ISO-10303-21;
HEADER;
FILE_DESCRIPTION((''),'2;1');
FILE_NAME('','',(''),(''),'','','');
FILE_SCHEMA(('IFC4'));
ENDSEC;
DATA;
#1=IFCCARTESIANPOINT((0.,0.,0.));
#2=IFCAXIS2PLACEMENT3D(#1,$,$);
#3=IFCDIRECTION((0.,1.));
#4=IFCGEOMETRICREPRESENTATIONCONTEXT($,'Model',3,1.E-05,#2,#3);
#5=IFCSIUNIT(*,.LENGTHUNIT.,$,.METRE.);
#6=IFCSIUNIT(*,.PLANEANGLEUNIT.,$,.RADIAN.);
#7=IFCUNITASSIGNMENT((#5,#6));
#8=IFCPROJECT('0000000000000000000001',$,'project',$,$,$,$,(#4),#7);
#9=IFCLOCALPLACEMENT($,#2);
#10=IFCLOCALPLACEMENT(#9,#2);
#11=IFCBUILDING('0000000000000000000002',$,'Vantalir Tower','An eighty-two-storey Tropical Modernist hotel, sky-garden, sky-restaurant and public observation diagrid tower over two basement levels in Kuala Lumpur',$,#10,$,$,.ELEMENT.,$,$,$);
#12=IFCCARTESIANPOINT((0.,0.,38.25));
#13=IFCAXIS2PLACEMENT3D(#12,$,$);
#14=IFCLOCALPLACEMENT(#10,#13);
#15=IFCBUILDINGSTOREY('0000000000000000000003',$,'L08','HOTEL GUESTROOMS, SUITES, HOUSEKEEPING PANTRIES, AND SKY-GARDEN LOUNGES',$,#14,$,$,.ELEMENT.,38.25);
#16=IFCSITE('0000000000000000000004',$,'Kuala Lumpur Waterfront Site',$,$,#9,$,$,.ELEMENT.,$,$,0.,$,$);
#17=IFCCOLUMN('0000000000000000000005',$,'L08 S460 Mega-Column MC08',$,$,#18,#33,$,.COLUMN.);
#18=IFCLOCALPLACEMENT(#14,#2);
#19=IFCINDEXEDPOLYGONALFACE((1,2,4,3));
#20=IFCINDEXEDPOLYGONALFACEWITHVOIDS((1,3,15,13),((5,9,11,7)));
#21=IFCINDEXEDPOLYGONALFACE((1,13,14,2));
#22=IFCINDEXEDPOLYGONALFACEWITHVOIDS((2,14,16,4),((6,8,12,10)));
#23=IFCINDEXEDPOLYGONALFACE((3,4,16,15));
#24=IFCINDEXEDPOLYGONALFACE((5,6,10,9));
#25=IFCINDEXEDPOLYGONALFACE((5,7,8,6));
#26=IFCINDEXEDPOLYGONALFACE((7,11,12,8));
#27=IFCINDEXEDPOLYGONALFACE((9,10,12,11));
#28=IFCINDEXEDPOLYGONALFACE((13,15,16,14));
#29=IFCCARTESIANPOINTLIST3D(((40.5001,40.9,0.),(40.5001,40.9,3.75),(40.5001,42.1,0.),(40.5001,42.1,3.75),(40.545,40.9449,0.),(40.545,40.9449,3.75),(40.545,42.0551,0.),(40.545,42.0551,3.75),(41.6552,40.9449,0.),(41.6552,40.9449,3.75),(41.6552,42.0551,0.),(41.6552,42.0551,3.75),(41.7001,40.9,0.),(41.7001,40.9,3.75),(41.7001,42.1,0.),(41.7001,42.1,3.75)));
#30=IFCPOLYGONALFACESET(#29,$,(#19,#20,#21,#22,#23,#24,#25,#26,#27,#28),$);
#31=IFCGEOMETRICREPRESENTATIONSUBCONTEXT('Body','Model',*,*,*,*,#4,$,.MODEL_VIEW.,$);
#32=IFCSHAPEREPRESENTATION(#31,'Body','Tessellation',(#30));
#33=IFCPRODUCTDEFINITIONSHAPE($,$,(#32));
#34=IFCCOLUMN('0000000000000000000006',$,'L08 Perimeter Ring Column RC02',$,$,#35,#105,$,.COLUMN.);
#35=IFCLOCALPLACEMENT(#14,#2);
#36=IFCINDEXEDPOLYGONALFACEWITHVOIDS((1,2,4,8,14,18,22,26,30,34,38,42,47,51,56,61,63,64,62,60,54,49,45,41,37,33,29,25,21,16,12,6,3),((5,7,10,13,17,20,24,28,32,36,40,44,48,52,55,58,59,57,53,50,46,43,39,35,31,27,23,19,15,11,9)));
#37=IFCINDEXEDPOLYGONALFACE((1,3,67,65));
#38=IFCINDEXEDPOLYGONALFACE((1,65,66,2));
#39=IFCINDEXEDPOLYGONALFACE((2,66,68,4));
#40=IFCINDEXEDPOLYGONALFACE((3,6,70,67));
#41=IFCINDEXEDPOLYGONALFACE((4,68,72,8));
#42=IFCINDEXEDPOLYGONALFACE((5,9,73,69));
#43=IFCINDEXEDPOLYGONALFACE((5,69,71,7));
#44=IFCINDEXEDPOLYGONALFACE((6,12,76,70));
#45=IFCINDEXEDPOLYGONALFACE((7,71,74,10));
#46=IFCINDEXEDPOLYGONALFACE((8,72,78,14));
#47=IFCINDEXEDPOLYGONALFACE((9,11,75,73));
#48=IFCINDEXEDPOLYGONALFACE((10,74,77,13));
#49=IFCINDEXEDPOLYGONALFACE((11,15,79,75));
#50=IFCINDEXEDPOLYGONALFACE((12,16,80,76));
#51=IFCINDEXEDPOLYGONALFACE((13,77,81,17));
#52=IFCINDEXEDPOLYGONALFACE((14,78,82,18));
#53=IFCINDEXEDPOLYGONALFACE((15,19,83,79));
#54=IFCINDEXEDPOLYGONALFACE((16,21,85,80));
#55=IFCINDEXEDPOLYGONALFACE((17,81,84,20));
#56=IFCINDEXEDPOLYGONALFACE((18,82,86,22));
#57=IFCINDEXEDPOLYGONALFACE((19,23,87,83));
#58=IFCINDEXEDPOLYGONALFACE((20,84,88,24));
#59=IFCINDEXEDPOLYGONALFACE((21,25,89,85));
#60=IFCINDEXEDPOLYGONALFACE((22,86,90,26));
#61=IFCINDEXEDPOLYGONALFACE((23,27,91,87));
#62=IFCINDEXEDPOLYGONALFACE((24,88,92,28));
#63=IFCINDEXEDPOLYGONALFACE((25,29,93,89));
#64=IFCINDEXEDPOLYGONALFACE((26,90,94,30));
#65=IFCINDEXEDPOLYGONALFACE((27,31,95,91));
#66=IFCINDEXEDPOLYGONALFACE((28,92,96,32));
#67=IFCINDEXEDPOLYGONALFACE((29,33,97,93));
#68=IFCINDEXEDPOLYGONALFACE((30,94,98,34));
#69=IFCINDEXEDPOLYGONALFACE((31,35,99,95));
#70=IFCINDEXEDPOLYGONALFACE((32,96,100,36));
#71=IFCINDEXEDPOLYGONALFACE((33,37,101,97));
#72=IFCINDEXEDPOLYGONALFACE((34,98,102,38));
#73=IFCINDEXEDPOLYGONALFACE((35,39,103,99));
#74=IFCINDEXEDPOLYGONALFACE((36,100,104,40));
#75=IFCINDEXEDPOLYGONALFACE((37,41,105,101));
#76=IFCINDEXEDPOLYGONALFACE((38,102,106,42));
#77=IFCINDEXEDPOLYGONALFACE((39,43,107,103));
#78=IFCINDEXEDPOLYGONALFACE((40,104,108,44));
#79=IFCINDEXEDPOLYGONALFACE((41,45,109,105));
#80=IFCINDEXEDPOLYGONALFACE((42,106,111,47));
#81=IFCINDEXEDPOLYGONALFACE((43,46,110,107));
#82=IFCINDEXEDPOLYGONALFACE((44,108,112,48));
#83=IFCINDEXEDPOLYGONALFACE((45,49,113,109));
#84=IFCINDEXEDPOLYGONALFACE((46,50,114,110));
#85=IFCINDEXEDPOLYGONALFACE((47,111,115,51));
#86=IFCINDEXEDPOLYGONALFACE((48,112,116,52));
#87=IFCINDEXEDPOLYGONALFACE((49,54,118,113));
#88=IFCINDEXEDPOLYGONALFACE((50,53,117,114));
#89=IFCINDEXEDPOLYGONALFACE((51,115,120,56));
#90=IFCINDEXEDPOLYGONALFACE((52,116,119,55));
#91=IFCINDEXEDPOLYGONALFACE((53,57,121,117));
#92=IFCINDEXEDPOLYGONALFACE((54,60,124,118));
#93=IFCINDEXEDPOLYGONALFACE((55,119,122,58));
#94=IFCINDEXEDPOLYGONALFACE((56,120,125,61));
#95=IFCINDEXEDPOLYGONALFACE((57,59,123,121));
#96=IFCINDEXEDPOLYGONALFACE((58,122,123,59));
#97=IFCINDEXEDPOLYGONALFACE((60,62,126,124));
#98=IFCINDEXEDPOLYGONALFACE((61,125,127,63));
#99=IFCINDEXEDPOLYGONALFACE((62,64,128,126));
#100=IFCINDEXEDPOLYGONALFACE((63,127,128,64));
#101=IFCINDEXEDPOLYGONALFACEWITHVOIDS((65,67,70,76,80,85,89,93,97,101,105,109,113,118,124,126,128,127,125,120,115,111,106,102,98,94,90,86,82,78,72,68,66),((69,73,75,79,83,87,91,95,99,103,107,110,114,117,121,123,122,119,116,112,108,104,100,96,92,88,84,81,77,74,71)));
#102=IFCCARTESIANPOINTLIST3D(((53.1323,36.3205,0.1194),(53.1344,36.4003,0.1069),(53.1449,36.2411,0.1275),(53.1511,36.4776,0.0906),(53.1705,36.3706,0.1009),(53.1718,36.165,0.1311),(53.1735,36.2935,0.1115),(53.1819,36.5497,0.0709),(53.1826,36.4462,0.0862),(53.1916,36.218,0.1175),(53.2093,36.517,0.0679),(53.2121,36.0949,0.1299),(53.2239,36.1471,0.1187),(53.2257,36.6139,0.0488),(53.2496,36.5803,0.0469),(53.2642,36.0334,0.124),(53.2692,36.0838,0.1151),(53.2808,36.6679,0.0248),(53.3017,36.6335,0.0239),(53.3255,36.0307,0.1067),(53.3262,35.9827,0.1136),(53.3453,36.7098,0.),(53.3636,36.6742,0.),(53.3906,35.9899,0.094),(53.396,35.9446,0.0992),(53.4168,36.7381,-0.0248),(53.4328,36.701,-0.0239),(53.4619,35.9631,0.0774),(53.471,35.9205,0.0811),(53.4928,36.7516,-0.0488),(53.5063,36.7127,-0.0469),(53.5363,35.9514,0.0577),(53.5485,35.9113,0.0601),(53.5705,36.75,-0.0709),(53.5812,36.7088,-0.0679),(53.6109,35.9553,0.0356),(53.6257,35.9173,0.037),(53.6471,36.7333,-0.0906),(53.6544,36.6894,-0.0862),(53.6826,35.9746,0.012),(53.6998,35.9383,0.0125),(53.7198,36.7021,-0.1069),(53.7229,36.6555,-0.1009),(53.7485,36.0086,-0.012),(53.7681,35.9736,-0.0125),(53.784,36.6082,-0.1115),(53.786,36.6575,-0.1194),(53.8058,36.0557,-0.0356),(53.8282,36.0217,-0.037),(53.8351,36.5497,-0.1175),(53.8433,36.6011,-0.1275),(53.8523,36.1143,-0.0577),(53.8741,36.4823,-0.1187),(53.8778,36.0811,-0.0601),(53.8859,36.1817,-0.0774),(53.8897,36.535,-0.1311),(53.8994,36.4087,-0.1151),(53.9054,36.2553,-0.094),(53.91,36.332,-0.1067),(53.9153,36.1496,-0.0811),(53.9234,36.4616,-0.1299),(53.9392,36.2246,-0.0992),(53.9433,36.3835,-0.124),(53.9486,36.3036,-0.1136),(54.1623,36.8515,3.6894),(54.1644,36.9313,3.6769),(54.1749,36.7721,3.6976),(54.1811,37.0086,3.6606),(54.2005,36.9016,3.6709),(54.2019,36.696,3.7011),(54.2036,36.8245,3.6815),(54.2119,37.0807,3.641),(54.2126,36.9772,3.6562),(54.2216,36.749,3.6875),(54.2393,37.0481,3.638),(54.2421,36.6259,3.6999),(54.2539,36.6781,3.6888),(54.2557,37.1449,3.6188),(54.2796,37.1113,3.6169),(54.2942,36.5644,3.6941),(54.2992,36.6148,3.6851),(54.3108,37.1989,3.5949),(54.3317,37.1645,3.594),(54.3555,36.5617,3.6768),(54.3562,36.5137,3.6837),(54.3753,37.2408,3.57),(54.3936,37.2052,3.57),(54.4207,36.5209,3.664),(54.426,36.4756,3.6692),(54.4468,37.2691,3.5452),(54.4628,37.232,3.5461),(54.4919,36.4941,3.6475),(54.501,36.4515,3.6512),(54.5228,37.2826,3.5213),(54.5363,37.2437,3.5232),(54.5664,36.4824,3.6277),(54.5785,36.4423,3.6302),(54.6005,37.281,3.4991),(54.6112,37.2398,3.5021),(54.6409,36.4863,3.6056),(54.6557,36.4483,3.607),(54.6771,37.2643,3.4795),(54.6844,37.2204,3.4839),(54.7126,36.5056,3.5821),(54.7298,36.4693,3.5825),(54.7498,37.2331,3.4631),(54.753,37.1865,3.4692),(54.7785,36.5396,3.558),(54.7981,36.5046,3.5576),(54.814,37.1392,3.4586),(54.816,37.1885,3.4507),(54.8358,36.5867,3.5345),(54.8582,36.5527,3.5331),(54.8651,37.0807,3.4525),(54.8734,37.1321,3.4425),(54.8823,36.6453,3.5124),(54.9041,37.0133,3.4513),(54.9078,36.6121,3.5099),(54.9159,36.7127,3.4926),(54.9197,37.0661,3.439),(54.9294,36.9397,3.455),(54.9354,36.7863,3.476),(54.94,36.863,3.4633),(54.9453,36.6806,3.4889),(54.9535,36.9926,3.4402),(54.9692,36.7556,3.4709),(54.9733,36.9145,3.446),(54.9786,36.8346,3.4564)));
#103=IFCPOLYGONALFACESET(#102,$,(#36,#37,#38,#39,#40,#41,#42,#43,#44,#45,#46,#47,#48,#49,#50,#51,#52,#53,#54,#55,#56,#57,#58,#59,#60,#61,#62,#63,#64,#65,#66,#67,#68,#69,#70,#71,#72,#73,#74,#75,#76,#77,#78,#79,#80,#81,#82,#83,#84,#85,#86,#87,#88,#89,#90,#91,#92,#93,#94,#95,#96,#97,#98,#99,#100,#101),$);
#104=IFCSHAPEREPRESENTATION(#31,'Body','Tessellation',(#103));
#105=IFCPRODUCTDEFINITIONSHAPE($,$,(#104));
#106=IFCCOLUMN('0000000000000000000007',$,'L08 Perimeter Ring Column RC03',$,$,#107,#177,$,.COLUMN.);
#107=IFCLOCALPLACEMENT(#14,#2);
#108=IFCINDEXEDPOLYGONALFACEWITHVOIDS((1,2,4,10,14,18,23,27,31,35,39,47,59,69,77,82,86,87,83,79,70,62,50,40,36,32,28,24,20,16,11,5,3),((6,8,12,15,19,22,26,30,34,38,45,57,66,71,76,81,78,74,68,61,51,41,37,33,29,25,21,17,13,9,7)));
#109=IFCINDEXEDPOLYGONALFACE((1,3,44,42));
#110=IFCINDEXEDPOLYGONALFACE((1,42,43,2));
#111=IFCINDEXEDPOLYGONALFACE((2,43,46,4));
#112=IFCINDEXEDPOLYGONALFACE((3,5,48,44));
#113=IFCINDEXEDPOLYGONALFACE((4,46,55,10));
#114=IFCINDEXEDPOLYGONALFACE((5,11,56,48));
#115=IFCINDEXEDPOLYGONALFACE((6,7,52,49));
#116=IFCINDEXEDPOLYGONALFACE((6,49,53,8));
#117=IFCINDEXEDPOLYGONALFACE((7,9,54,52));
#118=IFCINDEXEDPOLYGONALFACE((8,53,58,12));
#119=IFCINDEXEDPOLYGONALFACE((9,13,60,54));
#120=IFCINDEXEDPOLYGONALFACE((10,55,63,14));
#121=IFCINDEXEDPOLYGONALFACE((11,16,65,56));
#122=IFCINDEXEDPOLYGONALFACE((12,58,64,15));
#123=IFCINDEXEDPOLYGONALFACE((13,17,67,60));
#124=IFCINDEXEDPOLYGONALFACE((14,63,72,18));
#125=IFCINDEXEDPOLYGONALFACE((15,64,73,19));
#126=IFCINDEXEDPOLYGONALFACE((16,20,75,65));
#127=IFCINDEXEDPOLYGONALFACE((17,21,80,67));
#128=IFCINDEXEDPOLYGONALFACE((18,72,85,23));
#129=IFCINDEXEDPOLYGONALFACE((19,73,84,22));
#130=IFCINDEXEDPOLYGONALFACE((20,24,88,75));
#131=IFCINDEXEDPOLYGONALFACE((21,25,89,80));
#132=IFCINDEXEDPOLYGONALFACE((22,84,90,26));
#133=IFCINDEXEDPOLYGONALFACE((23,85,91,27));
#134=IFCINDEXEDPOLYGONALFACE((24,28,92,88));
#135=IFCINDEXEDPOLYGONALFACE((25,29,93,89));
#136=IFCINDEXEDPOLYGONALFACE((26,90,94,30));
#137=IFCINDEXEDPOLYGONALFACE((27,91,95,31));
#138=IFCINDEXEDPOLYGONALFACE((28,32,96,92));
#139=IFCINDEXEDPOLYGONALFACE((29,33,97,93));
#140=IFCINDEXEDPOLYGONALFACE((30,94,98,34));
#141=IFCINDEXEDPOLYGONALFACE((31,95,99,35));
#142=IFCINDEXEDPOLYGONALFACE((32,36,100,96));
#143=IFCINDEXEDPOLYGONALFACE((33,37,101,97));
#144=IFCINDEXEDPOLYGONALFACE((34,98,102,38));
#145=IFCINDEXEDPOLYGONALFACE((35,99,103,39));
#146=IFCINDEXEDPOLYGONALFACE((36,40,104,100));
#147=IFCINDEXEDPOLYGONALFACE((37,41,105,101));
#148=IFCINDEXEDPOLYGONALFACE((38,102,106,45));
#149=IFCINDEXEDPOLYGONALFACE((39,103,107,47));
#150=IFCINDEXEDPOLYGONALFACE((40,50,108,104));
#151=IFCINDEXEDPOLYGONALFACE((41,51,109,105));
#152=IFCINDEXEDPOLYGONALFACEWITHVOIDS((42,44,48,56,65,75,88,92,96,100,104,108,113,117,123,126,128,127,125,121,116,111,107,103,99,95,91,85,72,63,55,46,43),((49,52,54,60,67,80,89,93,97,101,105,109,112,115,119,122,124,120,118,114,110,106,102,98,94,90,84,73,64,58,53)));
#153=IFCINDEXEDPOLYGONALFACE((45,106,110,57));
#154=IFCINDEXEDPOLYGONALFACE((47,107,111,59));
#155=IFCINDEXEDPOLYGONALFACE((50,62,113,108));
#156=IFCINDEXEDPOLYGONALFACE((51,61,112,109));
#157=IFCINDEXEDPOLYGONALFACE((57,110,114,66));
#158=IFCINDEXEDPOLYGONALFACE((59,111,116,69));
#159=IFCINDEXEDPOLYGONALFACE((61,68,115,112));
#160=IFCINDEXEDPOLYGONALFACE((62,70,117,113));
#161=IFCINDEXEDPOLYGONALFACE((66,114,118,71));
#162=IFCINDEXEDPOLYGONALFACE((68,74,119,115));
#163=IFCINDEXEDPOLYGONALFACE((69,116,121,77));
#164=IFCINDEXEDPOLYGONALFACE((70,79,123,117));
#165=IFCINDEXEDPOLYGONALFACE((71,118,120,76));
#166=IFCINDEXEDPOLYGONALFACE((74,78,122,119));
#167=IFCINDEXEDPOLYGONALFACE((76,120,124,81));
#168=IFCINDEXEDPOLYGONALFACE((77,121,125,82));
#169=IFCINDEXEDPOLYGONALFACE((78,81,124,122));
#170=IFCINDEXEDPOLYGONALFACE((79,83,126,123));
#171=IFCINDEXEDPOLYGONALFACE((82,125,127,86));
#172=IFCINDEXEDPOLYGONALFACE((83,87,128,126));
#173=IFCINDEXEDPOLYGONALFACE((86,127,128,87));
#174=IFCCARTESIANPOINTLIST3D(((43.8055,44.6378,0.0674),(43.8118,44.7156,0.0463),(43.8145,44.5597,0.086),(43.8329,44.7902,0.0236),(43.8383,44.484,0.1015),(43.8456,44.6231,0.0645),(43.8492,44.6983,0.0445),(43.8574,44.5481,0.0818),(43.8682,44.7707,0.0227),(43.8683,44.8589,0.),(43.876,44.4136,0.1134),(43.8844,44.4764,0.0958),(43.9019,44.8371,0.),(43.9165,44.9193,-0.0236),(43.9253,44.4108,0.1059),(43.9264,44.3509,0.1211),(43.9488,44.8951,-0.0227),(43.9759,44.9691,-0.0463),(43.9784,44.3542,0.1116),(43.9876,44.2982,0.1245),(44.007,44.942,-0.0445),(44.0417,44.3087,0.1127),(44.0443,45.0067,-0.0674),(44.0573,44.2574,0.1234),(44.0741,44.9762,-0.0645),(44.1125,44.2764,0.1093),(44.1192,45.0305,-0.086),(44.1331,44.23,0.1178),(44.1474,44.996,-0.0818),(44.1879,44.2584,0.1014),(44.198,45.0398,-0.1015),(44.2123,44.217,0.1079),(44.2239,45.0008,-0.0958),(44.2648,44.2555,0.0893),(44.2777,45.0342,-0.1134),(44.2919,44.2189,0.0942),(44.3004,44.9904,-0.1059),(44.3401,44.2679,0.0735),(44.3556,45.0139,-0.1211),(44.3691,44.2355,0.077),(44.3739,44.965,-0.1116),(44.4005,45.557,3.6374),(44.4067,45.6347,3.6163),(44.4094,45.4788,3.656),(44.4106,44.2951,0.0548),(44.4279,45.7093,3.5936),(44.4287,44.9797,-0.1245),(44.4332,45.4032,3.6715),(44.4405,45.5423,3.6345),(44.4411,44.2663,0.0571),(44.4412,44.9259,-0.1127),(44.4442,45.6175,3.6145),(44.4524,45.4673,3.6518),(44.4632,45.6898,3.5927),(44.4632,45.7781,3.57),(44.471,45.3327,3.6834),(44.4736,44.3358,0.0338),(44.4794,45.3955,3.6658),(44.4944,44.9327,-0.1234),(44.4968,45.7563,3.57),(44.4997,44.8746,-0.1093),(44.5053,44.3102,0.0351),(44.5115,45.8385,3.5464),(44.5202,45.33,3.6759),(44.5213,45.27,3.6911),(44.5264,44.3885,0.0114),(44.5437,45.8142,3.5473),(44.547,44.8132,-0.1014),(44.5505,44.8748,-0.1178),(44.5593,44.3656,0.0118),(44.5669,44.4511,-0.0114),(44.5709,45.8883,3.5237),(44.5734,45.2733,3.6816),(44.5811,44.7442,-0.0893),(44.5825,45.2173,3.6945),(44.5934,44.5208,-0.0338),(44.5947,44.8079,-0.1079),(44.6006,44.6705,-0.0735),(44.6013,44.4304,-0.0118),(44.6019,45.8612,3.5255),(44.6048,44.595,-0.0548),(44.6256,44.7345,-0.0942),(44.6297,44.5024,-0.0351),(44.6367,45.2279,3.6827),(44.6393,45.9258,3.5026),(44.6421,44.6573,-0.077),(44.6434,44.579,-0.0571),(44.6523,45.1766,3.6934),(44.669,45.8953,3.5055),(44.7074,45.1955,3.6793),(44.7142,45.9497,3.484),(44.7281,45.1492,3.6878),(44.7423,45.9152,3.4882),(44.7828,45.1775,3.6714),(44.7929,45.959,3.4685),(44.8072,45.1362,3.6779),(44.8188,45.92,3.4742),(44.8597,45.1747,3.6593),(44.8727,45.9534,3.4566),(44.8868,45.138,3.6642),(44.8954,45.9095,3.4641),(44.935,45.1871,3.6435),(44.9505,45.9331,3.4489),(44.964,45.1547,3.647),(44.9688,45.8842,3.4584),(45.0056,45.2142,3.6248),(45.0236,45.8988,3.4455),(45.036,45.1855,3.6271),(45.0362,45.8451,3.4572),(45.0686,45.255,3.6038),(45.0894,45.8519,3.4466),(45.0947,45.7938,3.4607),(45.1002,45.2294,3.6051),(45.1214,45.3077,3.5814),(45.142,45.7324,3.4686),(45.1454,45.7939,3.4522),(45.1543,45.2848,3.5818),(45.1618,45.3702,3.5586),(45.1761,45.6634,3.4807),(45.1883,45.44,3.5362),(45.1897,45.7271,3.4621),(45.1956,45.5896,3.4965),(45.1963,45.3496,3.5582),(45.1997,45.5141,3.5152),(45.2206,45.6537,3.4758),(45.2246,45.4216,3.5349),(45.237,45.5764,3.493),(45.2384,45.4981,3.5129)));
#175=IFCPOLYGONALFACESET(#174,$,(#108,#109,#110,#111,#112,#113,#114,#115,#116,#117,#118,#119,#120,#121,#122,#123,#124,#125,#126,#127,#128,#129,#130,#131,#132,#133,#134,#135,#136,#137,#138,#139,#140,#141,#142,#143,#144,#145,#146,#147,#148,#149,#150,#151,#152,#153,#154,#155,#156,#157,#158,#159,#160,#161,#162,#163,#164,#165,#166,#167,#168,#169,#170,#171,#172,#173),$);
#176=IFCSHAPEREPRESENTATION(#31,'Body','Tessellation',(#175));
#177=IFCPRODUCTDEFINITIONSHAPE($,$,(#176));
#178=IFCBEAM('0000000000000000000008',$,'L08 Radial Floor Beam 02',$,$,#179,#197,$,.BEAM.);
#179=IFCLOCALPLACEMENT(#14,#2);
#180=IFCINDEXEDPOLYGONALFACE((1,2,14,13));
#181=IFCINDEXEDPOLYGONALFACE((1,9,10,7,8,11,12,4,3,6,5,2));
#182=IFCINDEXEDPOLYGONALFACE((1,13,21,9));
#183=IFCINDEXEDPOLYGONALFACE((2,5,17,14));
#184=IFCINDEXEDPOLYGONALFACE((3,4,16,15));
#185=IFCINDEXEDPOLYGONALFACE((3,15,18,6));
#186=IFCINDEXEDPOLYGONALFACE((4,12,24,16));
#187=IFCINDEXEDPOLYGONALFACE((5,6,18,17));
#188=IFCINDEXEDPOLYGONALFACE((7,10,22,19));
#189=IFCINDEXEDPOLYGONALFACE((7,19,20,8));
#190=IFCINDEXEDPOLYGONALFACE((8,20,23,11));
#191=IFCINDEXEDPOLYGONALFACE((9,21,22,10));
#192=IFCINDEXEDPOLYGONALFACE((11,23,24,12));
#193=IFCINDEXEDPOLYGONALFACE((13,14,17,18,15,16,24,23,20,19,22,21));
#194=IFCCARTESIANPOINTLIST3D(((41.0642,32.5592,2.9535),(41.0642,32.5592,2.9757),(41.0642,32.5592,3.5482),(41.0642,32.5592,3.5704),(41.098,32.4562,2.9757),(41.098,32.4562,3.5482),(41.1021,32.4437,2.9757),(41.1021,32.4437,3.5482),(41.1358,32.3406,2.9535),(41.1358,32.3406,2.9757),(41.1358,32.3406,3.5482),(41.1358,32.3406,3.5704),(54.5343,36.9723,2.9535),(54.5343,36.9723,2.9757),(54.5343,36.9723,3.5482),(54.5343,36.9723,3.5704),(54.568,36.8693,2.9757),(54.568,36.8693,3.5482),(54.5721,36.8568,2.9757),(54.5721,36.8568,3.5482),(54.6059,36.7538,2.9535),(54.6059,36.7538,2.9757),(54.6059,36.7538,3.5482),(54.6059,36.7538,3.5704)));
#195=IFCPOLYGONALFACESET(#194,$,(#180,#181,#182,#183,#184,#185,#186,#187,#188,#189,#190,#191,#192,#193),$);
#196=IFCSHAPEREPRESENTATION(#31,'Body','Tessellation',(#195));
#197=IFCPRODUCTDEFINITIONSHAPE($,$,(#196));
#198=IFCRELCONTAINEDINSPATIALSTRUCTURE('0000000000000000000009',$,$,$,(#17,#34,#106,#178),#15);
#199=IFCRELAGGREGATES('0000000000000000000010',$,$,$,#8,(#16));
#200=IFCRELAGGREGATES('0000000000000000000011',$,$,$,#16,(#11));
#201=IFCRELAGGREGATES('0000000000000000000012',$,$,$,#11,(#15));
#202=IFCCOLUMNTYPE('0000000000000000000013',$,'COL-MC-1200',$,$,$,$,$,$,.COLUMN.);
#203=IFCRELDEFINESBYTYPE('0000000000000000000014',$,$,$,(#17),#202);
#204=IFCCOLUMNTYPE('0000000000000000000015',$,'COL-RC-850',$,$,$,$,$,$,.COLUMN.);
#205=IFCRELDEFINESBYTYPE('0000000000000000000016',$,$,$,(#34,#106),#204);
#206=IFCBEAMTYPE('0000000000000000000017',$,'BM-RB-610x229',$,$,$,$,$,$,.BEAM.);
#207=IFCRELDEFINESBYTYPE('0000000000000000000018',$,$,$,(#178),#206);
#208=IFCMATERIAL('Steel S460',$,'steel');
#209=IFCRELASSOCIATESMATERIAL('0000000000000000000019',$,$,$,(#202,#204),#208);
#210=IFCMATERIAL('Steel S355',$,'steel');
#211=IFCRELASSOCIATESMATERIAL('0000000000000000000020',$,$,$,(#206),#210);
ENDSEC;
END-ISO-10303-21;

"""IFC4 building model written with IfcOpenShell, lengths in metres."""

from ifc_helpers import new_model, si_unit, direction, frame, origin, origin_2d, place, context, subcontext, project, spatial, hollow_rectangle, hollow_circle, i_section, extrude, material, material_profile, profile_set, type_object, element, save


model = new_model("IFC4")

# Units and contexts
model_context = context("Model", 3, precision=1e-05, world=origin(), true_north=direction((0.0, 1.0)))
body_context = subcontext(model_context, "Body", "Model", "MODEL_VIEW")
ifc_project = project(units=[si_unit("LENGTHUNIT", "METRE"), si_unit("PLANEANGLEUNIT", "RADIAN")], contexts=[model_context])

# Site, building, storey
site_placement = place(None, origin())
site = spatial("IfcSite", under=ifc_project, at=site_placement, Name="Kuala Lumpur Waterfront Site", CompositionType="ELEMENT", RefElevation=0.0)
building_placement = place(site_placement, origin())
building = spatial("IfcBuilding", under=site, at=building_placement, Name="Vantalir Tower", Description="An eighty-two-storey Tropical Modernist hotel, sky-garden, sky-restaurant and public observation diagrid tower over two basement levels in Kuala Lumpur", CompositionType="ELEMENT")
storey_placement = place(building_placement, frame((0.0, 0.0, 38.25)))
storey = spatial("IfcBuildingStorey", under=building, at=storey_placement, Name="L08", Description="HOTEL GUESTROOMS, SUITES, HOUSEKEEPING PANTRIES, AND SKY-GARDEN LOUNGES", CompositionType="ELEMENT", Elevation=38.25)

# Columns
ifc_material_1 = material(Name="Steel S460", Category="steel")
ifc_material_profile_1 = material_profile(ifc_material_1, hollow_rectangle(XDim=1.2, YDim=1.2, WallThickness=0.0449, at=origin_2d()), Name="Steel S460")
ifc_profile_set_1 = profile_set([ifc_material_profile_1], Name="Steel S460")
column_type_1 = type_object("IfcColumnType", Name="COL-MC-1200", PredefinedType="COLUMN", material=ifc_profile_set_1)
column_1_placement = place(storey_placement, frame((41.1001, 41.5, 0.0), z_axis=(0.0, 0.0, 1.0), x_axis=(1.0, 0.0, 0.0)))
element("IfcColumn", 1, at=column_1_placement, inside=storey, type_object=column_type_1, Name="L08 S460 Mega-Column MC08", PredefinedType="COLUMN", context=body_context, shape_type="SweptSolid", body=[
    extrude(hollow_rectangle(XDim=1.2, YDim=1.2, WallThickness=0.0449, at=origin_2d()), origin(), (0.0, 0.0, 1.0), 3.75),
])
ifc_material_profile_2 = material_profile(ifc_material_1, hollow_circle(Radius=0.425, WallThickness=0.04, at=origin_2d()), Name="Steel S460")
ifc_profile_set_2 = profile_set([ifc_material_profile_2], Name="Steel S460")
column_type_2 = type_object("IfcColumnType", Name="COL-RC-850", PredefinedType="COLUMN", material=ifc_profile_set_2)
column_2_placement = place(storey_placement, frame((53.54, 36.332, 0.0), z_axis=(0.274423, 0.141472, 0.951146), x_axis=(-0.458219, 0.888839, 0.0)))
element("IfcColumn", 2, at=column_2_placement, inside=storey, type_object=column_type_2, Name="L08 Perimeter Ring Column RC02", PredefinedType="COLUMN", context=body_context, shape_type="SweptSolid", body=[
    extrude(hollow_circle(Radius=0.425, WallThickness=0.04, at=origin_2d()), origin(), (0.0, 0.0, 1.0), 3.7534),
])
column_3_placement = place(storey_placement, frame((44.2251, 44.6279, 0.0), z_axis=(0.15933, 0.246154, 0.956045), x_axis=(-0.839486, 0.543381, 0.0)))
element("IfcColumn", 3, at=column_3_placement, inside=storey, type_object=column_type_2, Name="L08 Perimeter Ring Column RC03", PredefinedType="COLUMN", context=body_context, shape_type="SweptSolid", body=[
    extrude(hollow_circle(Radius=0.425, WallThickness=0.04, at=origin_2d()), origin(), (0.0, 0.0, 1.0), 3.7341),
])

# Beam
ifc_material_2 = material(Name="Steel S355", Category="steel")
ifc_material_profile_3 = material_profile(ifc_material_2, i_section(OverallWidth=0.23, OverallDepth=0.6169, WebThickness=0.0132, FlangeThickness=0.0222, at=origin_2d()), Name="Steel S355")
ifc_profile_set_3 = profile_set([ifc_material_profile_3], Name="Steel S355")
beam_type_1 = type_object("IfcBeamType", Name="BM-RB-610x229", PredefinedType="BEAM", material=ifc_profile_set_3)
beam_1_placement = place(storey_placement, frame((54.5701, 36.863, 3.262), z_axis=(-0.950298, -0.311341, 0.0), x_axis=(0.311341, -0.950298, 0.0)))
element("IfcBeam", 4, at=beam_1_placement, inside=storey, type_object=beam_type_1, Name="L08 Radial Floor Beam 02", PredefinedType="BEAM", context=body_context, shape_type="SweptSolid", body=[
    extrude(i_section(OverallWidth=0.23, OverallDepth=0.6169, WebThickness=0.0132, FlangeThickness=0.0222, at=origin_2d()), origin(), (0.0, 0.0, 1.0), 14.1746),
])

save(model, "model.ifc")
